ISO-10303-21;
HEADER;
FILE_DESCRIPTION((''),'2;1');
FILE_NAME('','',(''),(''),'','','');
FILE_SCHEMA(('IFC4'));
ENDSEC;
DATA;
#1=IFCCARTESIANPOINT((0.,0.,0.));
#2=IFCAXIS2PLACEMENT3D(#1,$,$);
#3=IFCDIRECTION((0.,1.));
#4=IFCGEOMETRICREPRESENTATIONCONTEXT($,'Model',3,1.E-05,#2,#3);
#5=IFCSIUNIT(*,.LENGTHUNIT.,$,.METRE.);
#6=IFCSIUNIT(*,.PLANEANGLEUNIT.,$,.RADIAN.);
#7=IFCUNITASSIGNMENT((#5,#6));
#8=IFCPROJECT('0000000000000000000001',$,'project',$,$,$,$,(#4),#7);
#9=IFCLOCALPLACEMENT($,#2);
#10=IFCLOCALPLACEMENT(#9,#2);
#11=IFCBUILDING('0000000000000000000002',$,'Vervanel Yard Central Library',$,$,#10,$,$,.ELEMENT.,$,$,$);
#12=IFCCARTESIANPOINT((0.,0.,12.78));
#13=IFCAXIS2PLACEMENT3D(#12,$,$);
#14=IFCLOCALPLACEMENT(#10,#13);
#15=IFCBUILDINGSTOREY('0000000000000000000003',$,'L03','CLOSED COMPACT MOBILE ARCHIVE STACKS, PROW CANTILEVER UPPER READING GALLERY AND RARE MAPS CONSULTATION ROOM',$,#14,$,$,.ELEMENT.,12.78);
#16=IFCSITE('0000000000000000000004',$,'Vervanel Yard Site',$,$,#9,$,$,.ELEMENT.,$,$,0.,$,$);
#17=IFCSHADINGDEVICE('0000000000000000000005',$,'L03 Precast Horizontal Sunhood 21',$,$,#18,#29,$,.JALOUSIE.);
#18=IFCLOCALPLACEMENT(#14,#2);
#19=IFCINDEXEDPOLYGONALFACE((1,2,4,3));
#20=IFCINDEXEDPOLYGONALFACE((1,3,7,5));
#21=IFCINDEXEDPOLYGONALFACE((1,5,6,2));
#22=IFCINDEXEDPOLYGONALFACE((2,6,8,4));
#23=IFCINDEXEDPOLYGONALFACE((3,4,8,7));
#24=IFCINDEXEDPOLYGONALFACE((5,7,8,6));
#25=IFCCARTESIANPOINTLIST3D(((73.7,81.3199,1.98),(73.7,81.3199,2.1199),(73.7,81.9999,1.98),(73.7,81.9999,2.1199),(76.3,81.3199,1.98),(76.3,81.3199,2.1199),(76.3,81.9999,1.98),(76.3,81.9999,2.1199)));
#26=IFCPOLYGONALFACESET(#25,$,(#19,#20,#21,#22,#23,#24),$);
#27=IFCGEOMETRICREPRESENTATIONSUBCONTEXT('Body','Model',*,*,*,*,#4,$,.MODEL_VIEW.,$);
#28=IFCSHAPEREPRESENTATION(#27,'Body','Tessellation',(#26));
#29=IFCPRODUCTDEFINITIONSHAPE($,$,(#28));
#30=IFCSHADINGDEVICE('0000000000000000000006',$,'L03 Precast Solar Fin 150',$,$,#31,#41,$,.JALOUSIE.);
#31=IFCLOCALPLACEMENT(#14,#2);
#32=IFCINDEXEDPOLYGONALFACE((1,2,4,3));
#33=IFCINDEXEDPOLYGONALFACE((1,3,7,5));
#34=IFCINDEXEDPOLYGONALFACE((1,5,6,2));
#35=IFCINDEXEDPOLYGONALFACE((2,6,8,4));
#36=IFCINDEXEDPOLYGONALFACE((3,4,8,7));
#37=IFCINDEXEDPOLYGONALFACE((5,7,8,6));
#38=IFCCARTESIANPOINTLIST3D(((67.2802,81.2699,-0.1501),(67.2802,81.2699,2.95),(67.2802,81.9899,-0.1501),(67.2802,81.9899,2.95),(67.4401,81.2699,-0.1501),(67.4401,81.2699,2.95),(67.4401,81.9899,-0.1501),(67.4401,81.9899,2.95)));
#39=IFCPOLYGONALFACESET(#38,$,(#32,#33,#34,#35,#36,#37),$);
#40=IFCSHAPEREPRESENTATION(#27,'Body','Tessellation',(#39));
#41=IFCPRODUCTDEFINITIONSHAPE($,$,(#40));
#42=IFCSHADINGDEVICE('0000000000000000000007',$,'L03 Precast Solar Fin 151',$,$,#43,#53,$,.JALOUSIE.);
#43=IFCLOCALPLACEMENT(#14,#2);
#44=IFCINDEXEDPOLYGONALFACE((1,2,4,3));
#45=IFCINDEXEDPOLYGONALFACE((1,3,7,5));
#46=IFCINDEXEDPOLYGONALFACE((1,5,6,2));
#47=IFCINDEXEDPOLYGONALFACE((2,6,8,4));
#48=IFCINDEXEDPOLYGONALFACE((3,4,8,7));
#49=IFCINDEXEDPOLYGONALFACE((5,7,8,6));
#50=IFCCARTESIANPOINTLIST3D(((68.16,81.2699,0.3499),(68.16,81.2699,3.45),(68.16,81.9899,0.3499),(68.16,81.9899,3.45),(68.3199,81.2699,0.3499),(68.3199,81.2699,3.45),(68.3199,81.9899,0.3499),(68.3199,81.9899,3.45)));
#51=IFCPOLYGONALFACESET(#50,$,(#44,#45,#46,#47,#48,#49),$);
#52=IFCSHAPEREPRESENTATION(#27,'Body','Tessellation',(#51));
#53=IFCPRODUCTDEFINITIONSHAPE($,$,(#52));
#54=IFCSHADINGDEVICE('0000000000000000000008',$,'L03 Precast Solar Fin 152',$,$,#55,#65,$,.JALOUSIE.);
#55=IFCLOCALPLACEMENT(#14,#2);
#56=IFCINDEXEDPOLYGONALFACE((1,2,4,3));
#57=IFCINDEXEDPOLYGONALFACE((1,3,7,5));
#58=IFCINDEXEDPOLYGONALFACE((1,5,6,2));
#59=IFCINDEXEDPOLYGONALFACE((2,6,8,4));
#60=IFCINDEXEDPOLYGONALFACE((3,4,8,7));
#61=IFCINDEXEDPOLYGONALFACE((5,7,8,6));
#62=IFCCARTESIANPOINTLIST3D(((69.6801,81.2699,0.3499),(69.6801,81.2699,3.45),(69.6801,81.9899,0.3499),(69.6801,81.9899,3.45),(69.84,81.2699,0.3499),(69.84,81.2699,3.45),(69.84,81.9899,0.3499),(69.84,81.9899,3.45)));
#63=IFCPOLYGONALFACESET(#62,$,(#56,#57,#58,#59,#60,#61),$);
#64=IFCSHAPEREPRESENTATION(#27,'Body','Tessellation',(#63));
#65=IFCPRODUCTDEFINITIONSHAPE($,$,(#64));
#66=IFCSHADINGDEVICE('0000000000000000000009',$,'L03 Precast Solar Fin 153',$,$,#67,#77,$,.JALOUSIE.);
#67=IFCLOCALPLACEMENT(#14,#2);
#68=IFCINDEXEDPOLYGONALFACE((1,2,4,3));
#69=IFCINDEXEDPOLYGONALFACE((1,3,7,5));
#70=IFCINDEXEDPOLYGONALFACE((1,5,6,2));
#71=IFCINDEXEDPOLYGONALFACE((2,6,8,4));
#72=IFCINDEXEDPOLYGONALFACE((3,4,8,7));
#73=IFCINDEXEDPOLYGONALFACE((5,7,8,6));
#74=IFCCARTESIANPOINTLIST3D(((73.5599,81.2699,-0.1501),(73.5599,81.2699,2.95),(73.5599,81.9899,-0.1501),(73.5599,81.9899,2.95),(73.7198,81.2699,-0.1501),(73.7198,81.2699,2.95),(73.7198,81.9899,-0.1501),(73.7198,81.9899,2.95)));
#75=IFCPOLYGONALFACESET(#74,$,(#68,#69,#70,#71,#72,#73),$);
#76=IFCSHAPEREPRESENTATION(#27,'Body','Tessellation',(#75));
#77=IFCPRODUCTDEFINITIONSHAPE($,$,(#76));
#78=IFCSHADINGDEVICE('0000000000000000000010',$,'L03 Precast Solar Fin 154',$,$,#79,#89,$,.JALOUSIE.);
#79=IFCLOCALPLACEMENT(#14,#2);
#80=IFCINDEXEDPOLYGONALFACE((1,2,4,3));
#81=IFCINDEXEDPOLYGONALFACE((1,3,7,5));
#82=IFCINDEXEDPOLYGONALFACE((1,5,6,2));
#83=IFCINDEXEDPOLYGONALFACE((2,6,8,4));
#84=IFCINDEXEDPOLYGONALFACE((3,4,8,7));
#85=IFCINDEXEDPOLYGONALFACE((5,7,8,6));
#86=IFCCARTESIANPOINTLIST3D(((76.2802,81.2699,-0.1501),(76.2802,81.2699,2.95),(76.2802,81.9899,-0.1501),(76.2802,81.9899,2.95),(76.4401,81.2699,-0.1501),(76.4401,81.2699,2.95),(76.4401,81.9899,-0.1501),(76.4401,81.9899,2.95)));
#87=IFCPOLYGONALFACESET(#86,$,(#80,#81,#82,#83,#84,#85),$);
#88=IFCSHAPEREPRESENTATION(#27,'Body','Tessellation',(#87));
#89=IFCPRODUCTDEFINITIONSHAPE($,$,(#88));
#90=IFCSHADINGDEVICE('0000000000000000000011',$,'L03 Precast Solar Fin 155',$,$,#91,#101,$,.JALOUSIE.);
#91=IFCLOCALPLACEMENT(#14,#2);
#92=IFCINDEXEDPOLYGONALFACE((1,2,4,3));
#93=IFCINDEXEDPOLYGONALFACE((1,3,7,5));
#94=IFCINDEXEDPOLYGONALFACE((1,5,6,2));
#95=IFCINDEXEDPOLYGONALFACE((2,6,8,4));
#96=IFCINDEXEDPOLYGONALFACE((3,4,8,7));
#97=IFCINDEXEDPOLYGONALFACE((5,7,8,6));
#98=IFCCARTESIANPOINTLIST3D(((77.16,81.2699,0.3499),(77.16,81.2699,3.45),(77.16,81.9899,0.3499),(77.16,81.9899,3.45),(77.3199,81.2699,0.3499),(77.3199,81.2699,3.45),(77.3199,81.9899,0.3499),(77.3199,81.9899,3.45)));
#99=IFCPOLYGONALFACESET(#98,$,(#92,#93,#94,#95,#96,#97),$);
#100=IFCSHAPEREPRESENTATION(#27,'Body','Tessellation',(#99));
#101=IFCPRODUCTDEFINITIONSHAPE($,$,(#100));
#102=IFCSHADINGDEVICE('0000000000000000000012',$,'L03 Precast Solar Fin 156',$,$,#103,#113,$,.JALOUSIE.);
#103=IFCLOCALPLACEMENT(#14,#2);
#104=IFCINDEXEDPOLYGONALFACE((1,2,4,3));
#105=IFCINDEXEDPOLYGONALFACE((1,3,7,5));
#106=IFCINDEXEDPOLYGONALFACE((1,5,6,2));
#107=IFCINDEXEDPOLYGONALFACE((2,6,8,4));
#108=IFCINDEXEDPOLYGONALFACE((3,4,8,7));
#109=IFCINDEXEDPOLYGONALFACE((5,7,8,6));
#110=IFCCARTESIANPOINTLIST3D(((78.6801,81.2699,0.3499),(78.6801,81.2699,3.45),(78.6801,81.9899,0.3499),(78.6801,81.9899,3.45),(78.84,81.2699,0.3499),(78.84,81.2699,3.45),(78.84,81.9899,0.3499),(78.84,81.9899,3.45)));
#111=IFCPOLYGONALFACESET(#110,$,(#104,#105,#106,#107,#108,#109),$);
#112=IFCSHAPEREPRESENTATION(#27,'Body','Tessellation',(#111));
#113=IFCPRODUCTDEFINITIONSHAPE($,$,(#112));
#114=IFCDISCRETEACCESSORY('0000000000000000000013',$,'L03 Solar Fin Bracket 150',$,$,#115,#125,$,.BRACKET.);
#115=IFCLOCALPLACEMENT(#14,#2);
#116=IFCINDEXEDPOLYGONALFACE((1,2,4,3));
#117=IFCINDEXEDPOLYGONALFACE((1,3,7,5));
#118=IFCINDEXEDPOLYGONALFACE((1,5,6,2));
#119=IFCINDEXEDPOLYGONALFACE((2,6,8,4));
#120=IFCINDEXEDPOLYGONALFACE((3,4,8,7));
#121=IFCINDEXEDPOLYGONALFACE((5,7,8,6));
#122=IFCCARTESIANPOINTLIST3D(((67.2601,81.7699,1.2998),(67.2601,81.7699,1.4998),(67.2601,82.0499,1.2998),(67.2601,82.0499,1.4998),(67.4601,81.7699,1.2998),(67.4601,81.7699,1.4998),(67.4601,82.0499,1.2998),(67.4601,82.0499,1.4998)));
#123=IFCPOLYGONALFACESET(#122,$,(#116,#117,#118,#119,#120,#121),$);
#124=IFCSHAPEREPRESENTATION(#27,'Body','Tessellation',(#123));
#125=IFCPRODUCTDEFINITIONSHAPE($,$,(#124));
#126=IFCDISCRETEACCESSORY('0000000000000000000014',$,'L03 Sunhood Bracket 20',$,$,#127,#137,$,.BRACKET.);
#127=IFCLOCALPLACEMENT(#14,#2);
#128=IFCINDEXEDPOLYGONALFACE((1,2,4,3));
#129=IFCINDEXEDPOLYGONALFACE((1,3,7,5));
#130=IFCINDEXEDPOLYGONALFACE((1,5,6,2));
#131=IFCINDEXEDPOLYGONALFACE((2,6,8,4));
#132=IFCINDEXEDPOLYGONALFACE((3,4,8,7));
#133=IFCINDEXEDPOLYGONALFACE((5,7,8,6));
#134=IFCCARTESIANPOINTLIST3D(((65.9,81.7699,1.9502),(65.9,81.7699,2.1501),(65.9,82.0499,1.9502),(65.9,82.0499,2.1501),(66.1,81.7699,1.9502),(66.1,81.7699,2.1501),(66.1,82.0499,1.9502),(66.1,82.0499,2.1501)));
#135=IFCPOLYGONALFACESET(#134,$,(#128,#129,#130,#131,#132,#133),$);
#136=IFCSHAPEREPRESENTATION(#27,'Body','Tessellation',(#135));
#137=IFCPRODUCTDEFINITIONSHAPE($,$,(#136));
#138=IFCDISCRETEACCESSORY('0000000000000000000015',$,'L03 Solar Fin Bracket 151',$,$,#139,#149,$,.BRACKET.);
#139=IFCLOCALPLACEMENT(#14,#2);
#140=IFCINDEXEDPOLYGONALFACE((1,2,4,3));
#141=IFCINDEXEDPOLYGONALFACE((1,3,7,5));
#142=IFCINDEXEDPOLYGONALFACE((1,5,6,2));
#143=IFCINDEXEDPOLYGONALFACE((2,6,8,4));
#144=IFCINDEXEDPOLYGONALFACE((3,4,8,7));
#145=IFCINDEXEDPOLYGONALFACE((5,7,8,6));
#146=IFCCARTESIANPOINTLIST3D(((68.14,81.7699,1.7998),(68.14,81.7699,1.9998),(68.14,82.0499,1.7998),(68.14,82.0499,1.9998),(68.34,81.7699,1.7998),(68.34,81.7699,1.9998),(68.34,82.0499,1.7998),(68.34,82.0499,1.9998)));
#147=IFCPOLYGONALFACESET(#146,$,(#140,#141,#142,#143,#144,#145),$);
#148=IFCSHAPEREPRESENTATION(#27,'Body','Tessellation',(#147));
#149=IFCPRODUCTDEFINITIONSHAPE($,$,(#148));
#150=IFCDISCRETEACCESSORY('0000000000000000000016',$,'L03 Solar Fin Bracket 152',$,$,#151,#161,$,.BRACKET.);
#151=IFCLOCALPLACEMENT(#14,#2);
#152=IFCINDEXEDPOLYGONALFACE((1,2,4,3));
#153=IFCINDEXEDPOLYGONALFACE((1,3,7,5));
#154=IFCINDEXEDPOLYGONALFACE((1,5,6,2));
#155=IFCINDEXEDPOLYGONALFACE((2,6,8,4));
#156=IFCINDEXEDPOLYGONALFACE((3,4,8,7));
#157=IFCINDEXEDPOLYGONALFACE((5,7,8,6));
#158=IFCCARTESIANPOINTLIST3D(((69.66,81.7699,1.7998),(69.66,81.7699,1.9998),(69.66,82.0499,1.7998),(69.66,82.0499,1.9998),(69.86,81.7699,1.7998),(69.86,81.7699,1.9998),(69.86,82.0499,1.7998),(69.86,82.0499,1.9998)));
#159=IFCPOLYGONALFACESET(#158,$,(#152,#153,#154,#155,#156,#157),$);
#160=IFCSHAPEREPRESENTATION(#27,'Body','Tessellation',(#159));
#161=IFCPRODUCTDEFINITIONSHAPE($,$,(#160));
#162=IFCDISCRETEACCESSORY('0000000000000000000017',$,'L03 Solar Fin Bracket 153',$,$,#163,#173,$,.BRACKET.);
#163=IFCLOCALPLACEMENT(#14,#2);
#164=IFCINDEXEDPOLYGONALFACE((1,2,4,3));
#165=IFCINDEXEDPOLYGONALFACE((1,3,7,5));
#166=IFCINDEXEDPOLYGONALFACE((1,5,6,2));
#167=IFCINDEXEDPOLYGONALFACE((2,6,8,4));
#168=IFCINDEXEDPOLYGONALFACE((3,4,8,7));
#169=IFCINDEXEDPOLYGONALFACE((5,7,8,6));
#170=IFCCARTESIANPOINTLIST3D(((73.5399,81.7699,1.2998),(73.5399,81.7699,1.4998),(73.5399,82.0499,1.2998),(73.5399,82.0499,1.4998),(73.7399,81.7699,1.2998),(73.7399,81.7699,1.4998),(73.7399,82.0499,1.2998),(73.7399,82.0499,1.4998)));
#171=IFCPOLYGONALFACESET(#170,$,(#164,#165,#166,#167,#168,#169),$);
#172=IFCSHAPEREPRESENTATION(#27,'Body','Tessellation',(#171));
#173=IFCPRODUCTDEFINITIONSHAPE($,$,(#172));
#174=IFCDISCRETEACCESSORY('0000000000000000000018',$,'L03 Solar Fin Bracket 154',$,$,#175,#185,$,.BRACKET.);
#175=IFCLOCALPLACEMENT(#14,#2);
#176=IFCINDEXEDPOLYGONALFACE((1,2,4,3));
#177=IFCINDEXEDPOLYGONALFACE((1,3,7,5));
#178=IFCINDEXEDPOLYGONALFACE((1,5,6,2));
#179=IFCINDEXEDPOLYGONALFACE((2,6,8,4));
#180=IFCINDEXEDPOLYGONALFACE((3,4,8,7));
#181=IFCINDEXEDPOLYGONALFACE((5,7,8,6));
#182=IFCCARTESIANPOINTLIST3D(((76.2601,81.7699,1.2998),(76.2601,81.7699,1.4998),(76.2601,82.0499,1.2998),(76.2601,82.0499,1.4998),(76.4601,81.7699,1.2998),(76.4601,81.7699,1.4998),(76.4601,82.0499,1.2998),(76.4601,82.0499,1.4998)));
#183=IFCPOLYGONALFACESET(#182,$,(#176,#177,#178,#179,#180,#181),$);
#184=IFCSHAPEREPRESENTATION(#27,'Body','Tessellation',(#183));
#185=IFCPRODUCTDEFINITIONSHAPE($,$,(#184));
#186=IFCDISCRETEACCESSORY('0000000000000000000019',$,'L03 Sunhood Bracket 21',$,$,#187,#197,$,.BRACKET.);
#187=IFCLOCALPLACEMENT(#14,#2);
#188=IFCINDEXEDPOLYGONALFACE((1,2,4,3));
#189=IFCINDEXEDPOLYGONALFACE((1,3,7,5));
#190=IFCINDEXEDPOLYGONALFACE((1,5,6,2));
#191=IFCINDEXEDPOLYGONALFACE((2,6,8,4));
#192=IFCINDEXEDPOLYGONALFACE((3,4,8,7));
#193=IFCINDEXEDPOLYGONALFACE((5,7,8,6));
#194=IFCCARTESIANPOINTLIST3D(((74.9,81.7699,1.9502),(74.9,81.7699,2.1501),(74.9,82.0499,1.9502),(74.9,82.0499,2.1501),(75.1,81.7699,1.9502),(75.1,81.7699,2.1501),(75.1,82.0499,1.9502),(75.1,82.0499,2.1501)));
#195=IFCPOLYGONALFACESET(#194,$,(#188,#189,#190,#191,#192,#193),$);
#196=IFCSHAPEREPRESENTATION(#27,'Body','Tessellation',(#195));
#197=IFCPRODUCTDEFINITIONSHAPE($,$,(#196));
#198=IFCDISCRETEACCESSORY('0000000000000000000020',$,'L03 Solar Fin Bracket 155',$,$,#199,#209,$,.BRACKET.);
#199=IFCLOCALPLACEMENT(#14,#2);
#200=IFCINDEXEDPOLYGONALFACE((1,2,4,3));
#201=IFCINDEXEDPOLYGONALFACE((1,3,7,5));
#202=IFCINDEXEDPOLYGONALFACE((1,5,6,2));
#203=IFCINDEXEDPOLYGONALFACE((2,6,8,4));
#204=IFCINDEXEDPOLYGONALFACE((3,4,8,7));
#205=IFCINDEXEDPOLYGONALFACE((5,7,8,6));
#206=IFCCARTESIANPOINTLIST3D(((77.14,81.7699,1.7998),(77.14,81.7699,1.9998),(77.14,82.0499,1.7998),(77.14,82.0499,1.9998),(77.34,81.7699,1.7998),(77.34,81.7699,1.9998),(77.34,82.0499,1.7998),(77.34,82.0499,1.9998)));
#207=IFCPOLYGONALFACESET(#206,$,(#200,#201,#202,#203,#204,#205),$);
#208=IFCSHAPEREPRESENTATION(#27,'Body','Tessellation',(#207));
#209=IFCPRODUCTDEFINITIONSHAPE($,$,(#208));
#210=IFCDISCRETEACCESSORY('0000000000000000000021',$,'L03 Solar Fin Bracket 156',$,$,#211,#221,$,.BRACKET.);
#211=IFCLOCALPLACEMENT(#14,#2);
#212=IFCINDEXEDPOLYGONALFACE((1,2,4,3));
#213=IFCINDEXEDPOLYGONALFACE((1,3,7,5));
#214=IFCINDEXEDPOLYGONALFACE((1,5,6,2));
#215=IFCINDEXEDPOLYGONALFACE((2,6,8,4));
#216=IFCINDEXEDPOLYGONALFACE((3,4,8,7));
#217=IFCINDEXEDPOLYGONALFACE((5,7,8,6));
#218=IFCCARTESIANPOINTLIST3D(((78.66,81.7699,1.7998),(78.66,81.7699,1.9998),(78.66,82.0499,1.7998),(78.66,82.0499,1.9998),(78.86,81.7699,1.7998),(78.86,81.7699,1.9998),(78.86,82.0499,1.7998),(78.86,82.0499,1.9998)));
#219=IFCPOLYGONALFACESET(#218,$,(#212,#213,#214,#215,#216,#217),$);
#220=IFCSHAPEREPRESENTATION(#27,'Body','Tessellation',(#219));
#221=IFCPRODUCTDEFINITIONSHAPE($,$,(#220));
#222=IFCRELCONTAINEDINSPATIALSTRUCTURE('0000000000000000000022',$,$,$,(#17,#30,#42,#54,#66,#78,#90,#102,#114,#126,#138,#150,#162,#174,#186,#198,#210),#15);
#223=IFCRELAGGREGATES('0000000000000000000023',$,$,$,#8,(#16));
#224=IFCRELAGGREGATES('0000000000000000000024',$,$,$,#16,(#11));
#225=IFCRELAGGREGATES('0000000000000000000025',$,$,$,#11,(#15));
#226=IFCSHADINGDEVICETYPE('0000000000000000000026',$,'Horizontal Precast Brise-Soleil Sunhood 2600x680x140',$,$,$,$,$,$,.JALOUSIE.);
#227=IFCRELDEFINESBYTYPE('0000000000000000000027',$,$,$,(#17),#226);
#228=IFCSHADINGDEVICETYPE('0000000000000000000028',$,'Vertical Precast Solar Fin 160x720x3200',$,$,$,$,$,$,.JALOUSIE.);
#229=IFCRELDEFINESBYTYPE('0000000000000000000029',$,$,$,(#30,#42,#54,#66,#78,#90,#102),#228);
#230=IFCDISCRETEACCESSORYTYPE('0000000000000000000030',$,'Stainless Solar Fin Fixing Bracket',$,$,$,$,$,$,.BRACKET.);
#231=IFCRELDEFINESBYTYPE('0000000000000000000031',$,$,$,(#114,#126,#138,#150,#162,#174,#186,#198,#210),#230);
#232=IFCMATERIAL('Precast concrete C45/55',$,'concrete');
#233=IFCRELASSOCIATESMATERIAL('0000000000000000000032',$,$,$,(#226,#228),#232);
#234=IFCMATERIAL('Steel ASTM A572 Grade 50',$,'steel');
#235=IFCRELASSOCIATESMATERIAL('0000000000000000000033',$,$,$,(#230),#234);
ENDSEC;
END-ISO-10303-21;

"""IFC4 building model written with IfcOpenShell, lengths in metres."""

from ifc_helpers import new_model, si_unit, direction, frame, origin, origin_2d, place, context, subcontext, project, spatial, rectangle, extrude, material, type_object, element, save


model = new_model("IFC4")

# Units and contexts
model_context = context("Model", 3, precision=1e-05, world=origin(), true_north=direction((0.0, 1.0)))
body_context = subcontext(model_context, "Body", "Model", "MODEL_VIEW")
ifc_project = project(units=[si_unit("LENGTHUNIT", "METRE"), si_unit("PLANEANGLEUNIT", "RADIAN")], contexts=[model_context])

# Site, building, storey
site_placement = place(None, origin())
site = spatial("IfcSite", under=ifc_project, at=site_placement, Name="Vervanel Yard Site", CompositionType="ELEMENT", RefElevation=0.0)
building_placement = place(site_placement, origin())
building = spatial("IfcBuilding", under=site, at=building_placement, Name="Vervanel Yard Central Library", CompositionType="ELEMENT")
storey_placement = place(building_placement, frame((0.0, 0.0, 12.78)))
storey = spatial("IfcBuildingStorey", under=building, at=storey_placement, Name="L03", Description="CLOSED COMPACT MOBILE ARCHIVE STACKS, PROW CANTILEVER UPPER READING GALLERY AND RARE MAPS CONSULTATION ROOM", CompositionType="ELEMENT", Elevation=12.78)

# Shared definitions
ifc_material_1 = material(Name="Precast concrete C45/55", Category="concrete")

# Shading devices
shading_device_type_1 = type_object("IfcShadingDeviceType", Name="Horizontal Precast Brise-Soleil Sunhood 2600x680x140", PredefinedType="JALOUSIE", material=ifc_material_1)
shading_device_placement = place(storey_placement, frame((75.0, 81.6599, 1.98), z_axis=(0.0, 0.0, 1.0), x_axis=(1.0, 0.0, 0.0)))
element("IfcShadingDevice", 1, at=shading_device_placement, inside=storey, type_object=shading_device_type_1, Name="L03 Precast Horizontal Sunhood 21", PredefinedType="JALOUSIE", context=body_context, shape_type="SweptSolid", body=[
    extrude(rectangle(XDim=2.6001, YDim=0.6799, at=origin_2d()), origin(), (0.0, 0.0, 1.0), 0.1399),
])
shading_device_type_2 = type_object("IfcShadingDeviceType", Name="Vertical Precast Solar Fin 160x720x3200", PredefinedType="JALOUSIE", material=ifc_material_1)
for number, where, z_axis, x_axis, name in (
    (2, (67.3601, 81.6299, -0.1501), (0.0, 0.0, 1.0), (1.0, 0.0, 0.0), "L03 Precast Solar Fin 150"),
    (3, (68.24, 81.6299, 0.3499), (0.0, 0.0, 1.0), (1.0, 0.0, 0.0), "L03 Precast Solar Fin 151"),
    (4, (69.76, 81.6299, 0.3499), (0.0, 0.0, 1.0), (1.0, 0.0, 0.0), "L03 Precast Solar Fin 152"),
    (5, (73.6399, 81.6299, -0.1501), (0.0, 0.0, 1.0), (1.0, 0.0, 0.0), "L03 Precast Solar Fin 153"),
    (6, (76.3601, 81.6299, -0.1501), (0.0, 0.0, 1.0), (1.0, 0.0, 0.0), "L03 Precast Solar Fin 154"),
    (7, (77.24, 81.6299, 0.3499), (0.0, 0.0, 1.0), (1.0, 0.0, 0.0), "L03 Precast Solar Fin 155"),
    (8, (78.76, 81.6299, 0.3499), (0.0, 0.0, 1.0), (1.0, 0.0, 0.0), "L03 Precast Solar Fin 156"),
):
    element("IfcShadingDevice", number, at=place(storey_placement, frame(where, z_axis=z_axis, x_axis=x_axis)), inside=storey, type_object=shading_device_type_2, Name=name, PredefinedType="JALOUSIE", context=body_context, shape_type="SweptSolid", body=[
        extrude(rectangle(XDim=0.1599, YDim=0.72, at=origin_2d()), origin(), (0.0, 0.0, 1.0), 3.1001),
    ])

# Discrete accessories
ifc_material_2 = material(Name="Steel ASTM A572 Grade 50", Category="steel")
discrete_accessory_type = type_object("IfcDiscreteAccessoryType", Name="Stainless Solar Fin Fixing Bracket", PredefinedType="BRACKET", material=ifc_material_2)
for number, where, z_axis, x_axis, name in (
    (9, (67.3601, 81.9099, 1.2998), (0.0, 0.0, 1.0), (1.0, 0.0, 0.0), "L03 Solar Fin Bracket 150"),
    (10, (66.0, 81.9099, 1.9502), (0.0, 0.0, 1.0), (1.0, 0.0, 0.0), "L03 Sunhood Bracket 20"),
    (11, (68.24, 81.9099, 1.7998), (0.0, 0.0, 1.0), (1.0, 0.0, 0.0), "L03 Solar Fin Bracket 151"),
    (12, (69.76, 81.9099, 1.7998), (0.0, 0.0, 1.0), (1.0, 0.0, 0.0), "L03 Solar Fin Bracket 152"),
    (13, (73.6399, 81.9099, 1.2998), (0.0, 0.0, 1.0), (1.0, 0.0, 0.0), "L03 Solar Fin Bracket 153"),
    (14, (76.3601, 81.9099, 1.2998), (0.0, 0.0, 1.0), (1.0, 0.0, 0.0), "L03 Solar Fin Bracket 154"),
    (15, (75.0, 81.9099, 1.9502), (0.0, 0.0, 1.0), (1.0, 0.0, 0.0), "L03 Sunhood Bracket 21"),
    (16, (77.24, 81.9099, 1.7998), (0.0, 0.0, 1.0), (1.0, 0.0, 0.0), "L03 Solar Fin Bracket 155"),
    (17, (78.76, 81.9099, 1.7998), (0.0, 0.0, 1.0), (1.0, 0.0, 0.0), "L03 Solar Fin Bracket 156"),
):
    element("IfcDiscreteAccessory", number, at=place(storey_placement, frame(where, z_axis=z_axis, x_axis=x_axis)), inside=storey, type_object=discrete_accessory_type, Name=name, PredefinedType="BRACKET", context=body_context, shape_type="SweptSolid", body=[
        extrude(rectangle(XDim=0.2, YDim=0.28, at=origin_2d()), origin(), (0.0, 0.0, 1.0), 0.2),
    ])

save(model, "model.ifc")
